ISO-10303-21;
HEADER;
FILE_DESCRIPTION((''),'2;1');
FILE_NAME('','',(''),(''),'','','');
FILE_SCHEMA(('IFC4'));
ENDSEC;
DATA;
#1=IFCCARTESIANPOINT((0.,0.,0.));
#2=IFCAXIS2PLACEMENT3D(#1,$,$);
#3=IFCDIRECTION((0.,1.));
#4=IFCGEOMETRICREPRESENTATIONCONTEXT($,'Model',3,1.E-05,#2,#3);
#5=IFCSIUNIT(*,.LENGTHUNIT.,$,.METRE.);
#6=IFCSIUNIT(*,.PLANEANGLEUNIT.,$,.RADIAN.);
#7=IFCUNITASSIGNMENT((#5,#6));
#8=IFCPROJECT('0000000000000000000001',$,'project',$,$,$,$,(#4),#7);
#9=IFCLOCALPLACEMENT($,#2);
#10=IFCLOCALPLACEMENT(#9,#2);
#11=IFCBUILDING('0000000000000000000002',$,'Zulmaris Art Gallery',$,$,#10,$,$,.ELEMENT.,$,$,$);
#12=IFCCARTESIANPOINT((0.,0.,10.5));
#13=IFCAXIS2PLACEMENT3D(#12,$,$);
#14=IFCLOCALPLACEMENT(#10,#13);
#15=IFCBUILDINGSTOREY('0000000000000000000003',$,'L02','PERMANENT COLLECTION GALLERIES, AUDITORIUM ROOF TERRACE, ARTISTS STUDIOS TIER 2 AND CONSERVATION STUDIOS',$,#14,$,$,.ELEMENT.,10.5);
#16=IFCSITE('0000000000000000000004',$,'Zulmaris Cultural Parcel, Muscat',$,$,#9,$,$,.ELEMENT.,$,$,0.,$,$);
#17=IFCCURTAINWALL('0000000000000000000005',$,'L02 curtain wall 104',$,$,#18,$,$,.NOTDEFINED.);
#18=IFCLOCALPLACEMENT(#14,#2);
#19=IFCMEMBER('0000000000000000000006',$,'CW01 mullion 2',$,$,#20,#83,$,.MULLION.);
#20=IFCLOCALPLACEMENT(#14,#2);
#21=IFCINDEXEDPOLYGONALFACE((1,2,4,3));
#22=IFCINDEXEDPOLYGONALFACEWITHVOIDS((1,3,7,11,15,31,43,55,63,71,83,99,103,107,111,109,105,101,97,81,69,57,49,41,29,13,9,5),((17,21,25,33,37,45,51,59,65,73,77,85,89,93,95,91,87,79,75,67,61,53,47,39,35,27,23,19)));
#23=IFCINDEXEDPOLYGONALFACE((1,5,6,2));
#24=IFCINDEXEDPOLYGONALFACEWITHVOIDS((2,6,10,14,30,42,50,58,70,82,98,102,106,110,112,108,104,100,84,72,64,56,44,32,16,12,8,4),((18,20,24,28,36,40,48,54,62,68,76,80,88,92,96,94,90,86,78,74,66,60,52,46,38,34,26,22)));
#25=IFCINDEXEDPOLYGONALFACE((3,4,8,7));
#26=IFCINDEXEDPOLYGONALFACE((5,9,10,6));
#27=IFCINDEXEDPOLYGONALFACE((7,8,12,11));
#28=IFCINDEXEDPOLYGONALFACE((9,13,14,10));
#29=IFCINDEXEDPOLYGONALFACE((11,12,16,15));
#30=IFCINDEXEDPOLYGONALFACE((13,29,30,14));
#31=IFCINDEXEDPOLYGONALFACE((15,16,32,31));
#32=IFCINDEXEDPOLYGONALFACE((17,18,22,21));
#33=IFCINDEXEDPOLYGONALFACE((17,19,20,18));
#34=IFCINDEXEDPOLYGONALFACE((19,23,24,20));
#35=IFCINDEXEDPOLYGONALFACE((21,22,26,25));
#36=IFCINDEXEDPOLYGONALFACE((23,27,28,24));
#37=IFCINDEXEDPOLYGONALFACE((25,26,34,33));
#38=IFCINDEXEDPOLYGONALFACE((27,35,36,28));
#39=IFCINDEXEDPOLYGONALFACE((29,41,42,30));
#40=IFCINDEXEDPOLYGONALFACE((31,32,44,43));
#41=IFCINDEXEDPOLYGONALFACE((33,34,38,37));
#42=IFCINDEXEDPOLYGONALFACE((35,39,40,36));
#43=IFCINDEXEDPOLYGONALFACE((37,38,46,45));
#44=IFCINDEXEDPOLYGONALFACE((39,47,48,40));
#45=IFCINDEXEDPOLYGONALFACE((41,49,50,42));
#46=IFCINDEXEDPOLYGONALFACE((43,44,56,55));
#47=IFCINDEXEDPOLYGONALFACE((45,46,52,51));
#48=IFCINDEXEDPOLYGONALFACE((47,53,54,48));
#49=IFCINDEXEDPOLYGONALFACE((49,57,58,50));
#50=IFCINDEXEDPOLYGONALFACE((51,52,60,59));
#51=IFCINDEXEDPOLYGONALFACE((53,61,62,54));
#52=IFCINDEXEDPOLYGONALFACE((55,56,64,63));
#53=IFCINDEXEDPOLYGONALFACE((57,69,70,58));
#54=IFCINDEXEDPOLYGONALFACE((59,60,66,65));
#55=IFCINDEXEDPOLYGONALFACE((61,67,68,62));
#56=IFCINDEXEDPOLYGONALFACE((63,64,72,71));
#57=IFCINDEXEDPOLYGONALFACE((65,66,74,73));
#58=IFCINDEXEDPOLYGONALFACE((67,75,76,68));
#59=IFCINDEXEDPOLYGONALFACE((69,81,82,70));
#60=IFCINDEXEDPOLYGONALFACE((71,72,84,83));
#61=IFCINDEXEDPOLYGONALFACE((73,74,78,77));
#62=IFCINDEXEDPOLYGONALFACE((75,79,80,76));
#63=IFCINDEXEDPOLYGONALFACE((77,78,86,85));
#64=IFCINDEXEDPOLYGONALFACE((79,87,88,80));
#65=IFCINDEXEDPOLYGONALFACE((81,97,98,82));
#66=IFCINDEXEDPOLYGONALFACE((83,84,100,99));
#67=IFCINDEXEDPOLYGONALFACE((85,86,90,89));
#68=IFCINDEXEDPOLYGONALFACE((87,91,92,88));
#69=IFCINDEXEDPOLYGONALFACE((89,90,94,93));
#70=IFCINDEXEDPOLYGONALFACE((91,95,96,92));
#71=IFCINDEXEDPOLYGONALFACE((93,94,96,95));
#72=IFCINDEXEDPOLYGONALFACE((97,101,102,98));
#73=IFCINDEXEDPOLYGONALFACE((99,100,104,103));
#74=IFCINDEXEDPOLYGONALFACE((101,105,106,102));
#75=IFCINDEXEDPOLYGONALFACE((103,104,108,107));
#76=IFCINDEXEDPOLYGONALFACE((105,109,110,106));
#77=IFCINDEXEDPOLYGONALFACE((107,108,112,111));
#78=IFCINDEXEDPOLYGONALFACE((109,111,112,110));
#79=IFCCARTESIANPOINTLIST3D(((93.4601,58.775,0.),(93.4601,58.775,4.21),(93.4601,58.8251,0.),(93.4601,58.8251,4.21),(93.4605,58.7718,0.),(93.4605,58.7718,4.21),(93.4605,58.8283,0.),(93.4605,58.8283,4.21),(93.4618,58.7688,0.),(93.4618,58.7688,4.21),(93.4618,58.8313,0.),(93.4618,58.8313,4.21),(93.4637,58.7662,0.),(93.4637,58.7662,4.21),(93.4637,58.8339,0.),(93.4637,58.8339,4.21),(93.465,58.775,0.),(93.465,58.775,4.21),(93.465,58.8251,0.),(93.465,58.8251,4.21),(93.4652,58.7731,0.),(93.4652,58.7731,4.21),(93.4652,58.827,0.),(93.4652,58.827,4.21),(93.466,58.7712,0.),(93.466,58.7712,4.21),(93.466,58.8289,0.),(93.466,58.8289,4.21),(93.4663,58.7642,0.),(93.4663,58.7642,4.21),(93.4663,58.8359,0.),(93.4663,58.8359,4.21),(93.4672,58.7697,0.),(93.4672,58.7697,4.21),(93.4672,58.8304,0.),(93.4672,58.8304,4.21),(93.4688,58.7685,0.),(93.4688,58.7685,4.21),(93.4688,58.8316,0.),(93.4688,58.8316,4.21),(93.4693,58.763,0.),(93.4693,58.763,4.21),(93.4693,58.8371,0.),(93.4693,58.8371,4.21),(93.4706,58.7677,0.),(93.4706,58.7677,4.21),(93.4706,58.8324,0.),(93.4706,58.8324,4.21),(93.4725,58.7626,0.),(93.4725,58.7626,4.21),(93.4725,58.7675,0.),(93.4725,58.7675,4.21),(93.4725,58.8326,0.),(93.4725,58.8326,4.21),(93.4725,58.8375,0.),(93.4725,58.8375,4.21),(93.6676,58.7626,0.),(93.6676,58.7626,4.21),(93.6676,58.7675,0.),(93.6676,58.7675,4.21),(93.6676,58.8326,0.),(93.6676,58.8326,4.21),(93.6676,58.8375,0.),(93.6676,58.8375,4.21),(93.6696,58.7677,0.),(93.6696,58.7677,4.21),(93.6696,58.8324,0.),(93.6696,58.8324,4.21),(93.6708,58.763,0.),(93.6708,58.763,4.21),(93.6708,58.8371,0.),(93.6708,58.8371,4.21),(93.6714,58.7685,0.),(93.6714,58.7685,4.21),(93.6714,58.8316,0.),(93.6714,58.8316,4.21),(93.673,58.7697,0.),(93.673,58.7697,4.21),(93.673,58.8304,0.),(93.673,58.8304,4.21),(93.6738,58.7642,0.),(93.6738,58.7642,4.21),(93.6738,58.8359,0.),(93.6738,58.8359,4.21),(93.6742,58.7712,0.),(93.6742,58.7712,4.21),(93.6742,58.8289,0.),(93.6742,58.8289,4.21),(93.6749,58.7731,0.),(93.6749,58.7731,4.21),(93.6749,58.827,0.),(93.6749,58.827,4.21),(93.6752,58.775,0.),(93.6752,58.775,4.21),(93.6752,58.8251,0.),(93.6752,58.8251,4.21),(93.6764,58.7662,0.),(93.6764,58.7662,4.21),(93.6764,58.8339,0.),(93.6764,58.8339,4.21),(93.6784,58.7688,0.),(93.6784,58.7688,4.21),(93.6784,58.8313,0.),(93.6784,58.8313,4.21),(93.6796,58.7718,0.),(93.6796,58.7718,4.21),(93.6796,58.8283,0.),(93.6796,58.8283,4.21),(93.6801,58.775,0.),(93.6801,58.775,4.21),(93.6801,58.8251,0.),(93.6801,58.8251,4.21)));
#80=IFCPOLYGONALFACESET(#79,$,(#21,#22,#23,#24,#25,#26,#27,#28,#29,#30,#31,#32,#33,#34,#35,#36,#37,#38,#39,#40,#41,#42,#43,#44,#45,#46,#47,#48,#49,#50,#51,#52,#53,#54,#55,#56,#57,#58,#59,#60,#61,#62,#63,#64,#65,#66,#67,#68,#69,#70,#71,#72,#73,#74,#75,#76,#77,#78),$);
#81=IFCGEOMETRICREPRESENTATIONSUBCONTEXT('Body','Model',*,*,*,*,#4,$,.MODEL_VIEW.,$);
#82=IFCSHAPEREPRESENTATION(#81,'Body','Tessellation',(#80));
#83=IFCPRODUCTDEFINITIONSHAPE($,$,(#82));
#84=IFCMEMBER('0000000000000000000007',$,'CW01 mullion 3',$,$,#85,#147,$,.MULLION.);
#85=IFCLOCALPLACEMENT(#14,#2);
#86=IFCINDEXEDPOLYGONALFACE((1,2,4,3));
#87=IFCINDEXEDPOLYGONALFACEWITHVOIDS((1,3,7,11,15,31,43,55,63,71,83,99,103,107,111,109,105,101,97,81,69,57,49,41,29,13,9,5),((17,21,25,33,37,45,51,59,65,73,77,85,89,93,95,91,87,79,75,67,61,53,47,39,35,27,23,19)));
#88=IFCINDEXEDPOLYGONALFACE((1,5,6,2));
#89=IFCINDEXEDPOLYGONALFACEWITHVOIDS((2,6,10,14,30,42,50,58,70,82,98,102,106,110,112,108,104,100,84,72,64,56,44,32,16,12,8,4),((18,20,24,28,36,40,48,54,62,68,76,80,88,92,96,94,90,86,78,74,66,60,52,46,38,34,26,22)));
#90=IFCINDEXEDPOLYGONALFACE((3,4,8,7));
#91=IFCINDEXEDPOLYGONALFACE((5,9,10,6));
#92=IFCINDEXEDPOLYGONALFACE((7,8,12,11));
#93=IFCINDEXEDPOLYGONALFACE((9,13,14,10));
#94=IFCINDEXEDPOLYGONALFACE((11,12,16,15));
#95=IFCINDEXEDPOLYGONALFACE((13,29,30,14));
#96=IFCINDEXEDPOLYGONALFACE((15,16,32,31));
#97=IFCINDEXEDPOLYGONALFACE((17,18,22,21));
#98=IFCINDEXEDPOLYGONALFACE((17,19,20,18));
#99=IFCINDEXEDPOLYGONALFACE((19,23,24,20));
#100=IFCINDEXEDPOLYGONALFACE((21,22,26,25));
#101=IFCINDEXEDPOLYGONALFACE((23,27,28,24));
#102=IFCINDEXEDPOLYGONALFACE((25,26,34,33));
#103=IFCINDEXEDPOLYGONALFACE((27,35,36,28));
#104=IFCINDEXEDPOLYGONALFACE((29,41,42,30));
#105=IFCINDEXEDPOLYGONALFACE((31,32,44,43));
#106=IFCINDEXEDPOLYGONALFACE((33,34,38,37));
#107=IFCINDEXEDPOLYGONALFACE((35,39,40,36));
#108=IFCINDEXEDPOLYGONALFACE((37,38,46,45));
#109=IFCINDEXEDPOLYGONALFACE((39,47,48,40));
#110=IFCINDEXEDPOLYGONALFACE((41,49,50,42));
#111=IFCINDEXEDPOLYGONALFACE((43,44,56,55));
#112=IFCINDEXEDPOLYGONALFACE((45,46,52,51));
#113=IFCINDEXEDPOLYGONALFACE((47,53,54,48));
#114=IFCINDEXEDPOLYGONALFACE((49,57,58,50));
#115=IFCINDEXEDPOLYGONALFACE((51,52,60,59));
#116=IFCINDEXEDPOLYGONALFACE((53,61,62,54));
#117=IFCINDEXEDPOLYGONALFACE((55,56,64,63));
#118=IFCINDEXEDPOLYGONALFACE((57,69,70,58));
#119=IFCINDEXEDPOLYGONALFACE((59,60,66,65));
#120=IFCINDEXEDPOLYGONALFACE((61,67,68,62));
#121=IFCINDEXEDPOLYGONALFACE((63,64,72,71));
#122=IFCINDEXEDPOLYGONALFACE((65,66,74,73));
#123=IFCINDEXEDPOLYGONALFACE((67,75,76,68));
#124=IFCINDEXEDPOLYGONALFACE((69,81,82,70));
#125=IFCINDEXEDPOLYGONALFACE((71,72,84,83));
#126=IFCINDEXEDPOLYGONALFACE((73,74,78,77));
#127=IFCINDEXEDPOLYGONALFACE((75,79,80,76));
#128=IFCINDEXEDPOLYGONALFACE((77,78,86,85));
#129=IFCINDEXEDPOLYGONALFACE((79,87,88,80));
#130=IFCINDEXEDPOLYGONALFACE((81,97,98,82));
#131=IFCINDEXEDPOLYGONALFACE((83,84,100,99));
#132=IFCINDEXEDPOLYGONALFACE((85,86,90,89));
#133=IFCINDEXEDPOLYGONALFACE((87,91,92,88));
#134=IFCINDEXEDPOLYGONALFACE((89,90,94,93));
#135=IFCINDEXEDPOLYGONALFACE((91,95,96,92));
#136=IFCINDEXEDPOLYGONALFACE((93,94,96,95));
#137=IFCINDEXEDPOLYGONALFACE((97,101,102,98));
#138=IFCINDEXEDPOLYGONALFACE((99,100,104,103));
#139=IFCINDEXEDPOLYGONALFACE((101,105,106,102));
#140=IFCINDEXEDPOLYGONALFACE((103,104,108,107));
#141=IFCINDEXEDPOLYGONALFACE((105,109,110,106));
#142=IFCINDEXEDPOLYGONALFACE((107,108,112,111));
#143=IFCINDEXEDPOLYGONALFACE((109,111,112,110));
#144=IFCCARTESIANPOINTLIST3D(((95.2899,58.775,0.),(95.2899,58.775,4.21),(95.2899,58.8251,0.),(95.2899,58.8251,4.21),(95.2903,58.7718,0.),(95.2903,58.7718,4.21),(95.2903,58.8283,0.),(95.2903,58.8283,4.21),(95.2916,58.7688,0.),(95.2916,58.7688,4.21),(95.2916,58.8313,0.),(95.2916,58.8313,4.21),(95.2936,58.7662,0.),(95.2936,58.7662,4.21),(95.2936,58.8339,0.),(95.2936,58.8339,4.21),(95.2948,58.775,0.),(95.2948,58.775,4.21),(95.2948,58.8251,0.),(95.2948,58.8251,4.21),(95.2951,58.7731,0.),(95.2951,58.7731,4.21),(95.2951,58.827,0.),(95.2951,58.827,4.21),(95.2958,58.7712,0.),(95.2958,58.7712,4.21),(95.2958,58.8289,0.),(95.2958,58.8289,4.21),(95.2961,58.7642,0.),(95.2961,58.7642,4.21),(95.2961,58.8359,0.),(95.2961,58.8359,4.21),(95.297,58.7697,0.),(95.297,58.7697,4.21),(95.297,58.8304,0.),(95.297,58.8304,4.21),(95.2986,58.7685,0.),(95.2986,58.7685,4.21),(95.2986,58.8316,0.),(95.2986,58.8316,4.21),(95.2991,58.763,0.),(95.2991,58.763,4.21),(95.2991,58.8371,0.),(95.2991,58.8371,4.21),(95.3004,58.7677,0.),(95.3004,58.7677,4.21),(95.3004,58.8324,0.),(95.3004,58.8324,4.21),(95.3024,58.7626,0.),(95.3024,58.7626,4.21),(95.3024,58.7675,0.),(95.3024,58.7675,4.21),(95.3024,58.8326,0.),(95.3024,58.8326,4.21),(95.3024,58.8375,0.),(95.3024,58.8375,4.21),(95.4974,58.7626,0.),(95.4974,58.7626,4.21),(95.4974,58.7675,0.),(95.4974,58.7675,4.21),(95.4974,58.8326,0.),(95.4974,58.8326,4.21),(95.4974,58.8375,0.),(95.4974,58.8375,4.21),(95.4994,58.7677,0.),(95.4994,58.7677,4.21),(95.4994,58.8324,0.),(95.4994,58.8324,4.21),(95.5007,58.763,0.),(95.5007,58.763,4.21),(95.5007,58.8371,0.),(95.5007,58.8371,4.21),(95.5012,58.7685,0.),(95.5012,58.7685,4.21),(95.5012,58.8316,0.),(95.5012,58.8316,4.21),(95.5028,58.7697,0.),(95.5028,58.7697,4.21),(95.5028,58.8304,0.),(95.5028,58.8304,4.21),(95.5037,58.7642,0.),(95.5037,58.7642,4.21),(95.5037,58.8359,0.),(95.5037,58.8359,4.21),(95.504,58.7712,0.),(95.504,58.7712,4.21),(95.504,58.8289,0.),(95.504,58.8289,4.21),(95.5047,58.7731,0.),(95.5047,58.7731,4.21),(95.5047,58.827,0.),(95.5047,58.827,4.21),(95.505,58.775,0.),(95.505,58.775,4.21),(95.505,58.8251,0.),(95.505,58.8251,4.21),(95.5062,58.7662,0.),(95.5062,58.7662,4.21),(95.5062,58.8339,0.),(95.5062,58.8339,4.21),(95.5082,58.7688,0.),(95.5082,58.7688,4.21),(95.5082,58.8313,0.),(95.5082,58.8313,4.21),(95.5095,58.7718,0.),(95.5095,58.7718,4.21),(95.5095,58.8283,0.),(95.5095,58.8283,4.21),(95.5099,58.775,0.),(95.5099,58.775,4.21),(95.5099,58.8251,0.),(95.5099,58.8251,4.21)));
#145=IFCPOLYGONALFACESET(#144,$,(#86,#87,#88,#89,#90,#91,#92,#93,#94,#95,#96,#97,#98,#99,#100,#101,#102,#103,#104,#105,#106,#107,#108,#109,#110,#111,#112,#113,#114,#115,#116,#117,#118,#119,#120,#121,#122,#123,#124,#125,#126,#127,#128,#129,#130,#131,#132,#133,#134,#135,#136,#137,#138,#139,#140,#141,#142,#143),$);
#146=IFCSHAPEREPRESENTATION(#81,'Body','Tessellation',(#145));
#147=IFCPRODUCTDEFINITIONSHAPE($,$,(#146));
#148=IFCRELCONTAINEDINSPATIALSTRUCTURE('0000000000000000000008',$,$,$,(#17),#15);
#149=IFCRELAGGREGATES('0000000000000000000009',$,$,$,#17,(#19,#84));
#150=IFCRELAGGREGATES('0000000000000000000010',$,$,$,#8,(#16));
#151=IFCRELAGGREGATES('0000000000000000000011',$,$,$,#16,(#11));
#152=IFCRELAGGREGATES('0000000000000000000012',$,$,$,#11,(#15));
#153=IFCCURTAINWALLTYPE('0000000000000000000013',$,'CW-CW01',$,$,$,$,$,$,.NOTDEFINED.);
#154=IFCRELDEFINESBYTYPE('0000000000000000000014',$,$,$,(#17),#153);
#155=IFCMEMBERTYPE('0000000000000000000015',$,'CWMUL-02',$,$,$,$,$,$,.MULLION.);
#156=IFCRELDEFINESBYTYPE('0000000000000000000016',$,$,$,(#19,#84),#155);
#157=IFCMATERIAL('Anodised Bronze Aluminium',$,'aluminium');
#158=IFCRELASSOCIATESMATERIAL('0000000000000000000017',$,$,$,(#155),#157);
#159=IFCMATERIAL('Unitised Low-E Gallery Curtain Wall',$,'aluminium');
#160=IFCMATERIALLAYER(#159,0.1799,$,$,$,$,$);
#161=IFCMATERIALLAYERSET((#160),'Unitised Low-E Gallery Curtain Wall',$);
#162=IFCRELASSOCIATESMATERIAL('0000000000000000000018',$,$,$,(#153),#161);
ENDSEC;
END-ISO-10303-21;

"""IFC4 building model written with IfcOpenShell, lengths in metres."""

from ifc_helpers import new_model, si_unit, direction, frame, origin, origin_2d, place, context, subcontext, project, spatial, hollow_rectangle, extrude, material, layer, layer_set, material_profile, profile_set, type_object, element, aggregate, save


model = new_model("IFC4")

# Units and contexts
model_context = context("Model", 3, precision=1e-05, world=origin(), true_north=direction((0.0, 1.0)))
body_context = subcontext(model_context, "Body", "Model", "MODEL_VIEW")
ifc_project = project(units=[si_unit("LENGTHUNIT", "METRE"), si_unit("PLANEANGLEUNIT", "RADIAN")], contexts=[model_context])

# Site, building, storey
site_placement = place(None, origin())
site = spatial("IfcSite", under=ifc_project, at=site_placement, Name="Zulmaris Cultural Parcel, Muscat", CompositionType="ELEMENT", RefElevation=0.0)
building_placement = place(site_placement, origin())
building = spatial("IfcBuilding", under=site, at=building_placement, Name="Zulmaris Art Gallery", CompositionType="ELEMENT")
storey_placement = place(building_placement, frame((0.0, 0.0, 10.5)))
storey = spatial("IfcBuildingStorey", under=building, at=storey_placement, Name="L02", Description="PERMANENT COLLECTION GALLERIES, AUDITORIUM ROOF TERRACE, ARTISTS STUDIOS TIER 2 AND CONSERVATION STUDIOS", CompositionType="ELEMENT", Elevation=10.5)

# Shared definitions
ifc_material_1 = material(Name="Anodised Bronze Aluminium", Category="aluminium")
ifc_material_profile_1 = material_profile(ifc_material_1, hollow_rectangle(XDim=0.075, YDim=0.22, WallThickness=0.0049, InnerFilletRadius=0.0076, OuterFilletRadius=0.0125, at=origin_2d()), Name="ALU 75x220x5")
ifc_profile_set_1 = profile_set([ifc_material_profile_1], Name="Anodised Bronze Aluminium")
member_type_1 = type_object("IfcMemberType", Name="CWMUL-02", PredefinedType="MULLION", material=ifc_profile_set_1)

# Curtain wall, members
ifc_material_2 = material(Name="Unitised Low-E Gallery Curtain Wall", Category="aluminium")
ifc_layer_1 = layer(ifc_material_2, 0.1799)
ifc_layer_set_1 = layer_set([ifc_layer_1], Name="Unitised Low-E Gallery Curtain Wall")
curtain_wall_type_1 = type_object("IfcCurtainWallType", Name="CW-CW01", PredefinedType="NOTDEFINED", material=ifc_layer_set_1)
curtain_wall_1_placement = place(storey_placement, origin())
curtain_wall_1 = element("IfcCurtainWall", 1, at=curtain_wall_1_placement, inside=storey, type_object=curtain_wall_type_1, Name="L02 curtain wall 104", PredefinedType="NOTDEFINED")
member_1_placement = place(storey_placement, frame((93.5701, 58.8, 0.0), z_axis=(0.0, 0.0, 1.0), x_axis=(0.0, 1.0, 0.0)))
member_1 = element("IfcMember", 2, at=member_1_placement, type_object=member_type_1, Name="CW01 mullion 2", PredefinedType="MULLION", context=body_context, shape_type="SweptSolid", body=[
    extrude(hollow_rectangle(XDim=0.075, YDim=0.22, WallThickness=0.0049, InnerFilletRadius=0.0076, OuterFilletRadius=0.0125, at=origin_2d()), origin(), (0.0, 0.0, 1.0), 4.21),
])
member_2_placement = place(storey_placement, frame((95.3999, 58.8, 0.0), z_axis=(0.0, 0.0, 1.0), x_axis=(0.0, 1.0, 0.0)))
member_2 = element("IfcMember", 3, at=member_2_placement, type_object=member_type_1, Name="CW01 mullion 3", PredefinedType="MULLION", context=body_context, shape_type="SweptSolid", body=[
    extrude(hollow_rectangle(XDim=0.075, YDim=0.22, WallThickness=0.0049, InnerFilletRadius=0.0076, OuterFilletRadius=0.0125, at=origin_2d()), origin(), (0.0, 0.0, 1.0), 4.21),
])

aggregate(curtain_wall_1, [member_1, member_2])

save(model, "model.ifc")
